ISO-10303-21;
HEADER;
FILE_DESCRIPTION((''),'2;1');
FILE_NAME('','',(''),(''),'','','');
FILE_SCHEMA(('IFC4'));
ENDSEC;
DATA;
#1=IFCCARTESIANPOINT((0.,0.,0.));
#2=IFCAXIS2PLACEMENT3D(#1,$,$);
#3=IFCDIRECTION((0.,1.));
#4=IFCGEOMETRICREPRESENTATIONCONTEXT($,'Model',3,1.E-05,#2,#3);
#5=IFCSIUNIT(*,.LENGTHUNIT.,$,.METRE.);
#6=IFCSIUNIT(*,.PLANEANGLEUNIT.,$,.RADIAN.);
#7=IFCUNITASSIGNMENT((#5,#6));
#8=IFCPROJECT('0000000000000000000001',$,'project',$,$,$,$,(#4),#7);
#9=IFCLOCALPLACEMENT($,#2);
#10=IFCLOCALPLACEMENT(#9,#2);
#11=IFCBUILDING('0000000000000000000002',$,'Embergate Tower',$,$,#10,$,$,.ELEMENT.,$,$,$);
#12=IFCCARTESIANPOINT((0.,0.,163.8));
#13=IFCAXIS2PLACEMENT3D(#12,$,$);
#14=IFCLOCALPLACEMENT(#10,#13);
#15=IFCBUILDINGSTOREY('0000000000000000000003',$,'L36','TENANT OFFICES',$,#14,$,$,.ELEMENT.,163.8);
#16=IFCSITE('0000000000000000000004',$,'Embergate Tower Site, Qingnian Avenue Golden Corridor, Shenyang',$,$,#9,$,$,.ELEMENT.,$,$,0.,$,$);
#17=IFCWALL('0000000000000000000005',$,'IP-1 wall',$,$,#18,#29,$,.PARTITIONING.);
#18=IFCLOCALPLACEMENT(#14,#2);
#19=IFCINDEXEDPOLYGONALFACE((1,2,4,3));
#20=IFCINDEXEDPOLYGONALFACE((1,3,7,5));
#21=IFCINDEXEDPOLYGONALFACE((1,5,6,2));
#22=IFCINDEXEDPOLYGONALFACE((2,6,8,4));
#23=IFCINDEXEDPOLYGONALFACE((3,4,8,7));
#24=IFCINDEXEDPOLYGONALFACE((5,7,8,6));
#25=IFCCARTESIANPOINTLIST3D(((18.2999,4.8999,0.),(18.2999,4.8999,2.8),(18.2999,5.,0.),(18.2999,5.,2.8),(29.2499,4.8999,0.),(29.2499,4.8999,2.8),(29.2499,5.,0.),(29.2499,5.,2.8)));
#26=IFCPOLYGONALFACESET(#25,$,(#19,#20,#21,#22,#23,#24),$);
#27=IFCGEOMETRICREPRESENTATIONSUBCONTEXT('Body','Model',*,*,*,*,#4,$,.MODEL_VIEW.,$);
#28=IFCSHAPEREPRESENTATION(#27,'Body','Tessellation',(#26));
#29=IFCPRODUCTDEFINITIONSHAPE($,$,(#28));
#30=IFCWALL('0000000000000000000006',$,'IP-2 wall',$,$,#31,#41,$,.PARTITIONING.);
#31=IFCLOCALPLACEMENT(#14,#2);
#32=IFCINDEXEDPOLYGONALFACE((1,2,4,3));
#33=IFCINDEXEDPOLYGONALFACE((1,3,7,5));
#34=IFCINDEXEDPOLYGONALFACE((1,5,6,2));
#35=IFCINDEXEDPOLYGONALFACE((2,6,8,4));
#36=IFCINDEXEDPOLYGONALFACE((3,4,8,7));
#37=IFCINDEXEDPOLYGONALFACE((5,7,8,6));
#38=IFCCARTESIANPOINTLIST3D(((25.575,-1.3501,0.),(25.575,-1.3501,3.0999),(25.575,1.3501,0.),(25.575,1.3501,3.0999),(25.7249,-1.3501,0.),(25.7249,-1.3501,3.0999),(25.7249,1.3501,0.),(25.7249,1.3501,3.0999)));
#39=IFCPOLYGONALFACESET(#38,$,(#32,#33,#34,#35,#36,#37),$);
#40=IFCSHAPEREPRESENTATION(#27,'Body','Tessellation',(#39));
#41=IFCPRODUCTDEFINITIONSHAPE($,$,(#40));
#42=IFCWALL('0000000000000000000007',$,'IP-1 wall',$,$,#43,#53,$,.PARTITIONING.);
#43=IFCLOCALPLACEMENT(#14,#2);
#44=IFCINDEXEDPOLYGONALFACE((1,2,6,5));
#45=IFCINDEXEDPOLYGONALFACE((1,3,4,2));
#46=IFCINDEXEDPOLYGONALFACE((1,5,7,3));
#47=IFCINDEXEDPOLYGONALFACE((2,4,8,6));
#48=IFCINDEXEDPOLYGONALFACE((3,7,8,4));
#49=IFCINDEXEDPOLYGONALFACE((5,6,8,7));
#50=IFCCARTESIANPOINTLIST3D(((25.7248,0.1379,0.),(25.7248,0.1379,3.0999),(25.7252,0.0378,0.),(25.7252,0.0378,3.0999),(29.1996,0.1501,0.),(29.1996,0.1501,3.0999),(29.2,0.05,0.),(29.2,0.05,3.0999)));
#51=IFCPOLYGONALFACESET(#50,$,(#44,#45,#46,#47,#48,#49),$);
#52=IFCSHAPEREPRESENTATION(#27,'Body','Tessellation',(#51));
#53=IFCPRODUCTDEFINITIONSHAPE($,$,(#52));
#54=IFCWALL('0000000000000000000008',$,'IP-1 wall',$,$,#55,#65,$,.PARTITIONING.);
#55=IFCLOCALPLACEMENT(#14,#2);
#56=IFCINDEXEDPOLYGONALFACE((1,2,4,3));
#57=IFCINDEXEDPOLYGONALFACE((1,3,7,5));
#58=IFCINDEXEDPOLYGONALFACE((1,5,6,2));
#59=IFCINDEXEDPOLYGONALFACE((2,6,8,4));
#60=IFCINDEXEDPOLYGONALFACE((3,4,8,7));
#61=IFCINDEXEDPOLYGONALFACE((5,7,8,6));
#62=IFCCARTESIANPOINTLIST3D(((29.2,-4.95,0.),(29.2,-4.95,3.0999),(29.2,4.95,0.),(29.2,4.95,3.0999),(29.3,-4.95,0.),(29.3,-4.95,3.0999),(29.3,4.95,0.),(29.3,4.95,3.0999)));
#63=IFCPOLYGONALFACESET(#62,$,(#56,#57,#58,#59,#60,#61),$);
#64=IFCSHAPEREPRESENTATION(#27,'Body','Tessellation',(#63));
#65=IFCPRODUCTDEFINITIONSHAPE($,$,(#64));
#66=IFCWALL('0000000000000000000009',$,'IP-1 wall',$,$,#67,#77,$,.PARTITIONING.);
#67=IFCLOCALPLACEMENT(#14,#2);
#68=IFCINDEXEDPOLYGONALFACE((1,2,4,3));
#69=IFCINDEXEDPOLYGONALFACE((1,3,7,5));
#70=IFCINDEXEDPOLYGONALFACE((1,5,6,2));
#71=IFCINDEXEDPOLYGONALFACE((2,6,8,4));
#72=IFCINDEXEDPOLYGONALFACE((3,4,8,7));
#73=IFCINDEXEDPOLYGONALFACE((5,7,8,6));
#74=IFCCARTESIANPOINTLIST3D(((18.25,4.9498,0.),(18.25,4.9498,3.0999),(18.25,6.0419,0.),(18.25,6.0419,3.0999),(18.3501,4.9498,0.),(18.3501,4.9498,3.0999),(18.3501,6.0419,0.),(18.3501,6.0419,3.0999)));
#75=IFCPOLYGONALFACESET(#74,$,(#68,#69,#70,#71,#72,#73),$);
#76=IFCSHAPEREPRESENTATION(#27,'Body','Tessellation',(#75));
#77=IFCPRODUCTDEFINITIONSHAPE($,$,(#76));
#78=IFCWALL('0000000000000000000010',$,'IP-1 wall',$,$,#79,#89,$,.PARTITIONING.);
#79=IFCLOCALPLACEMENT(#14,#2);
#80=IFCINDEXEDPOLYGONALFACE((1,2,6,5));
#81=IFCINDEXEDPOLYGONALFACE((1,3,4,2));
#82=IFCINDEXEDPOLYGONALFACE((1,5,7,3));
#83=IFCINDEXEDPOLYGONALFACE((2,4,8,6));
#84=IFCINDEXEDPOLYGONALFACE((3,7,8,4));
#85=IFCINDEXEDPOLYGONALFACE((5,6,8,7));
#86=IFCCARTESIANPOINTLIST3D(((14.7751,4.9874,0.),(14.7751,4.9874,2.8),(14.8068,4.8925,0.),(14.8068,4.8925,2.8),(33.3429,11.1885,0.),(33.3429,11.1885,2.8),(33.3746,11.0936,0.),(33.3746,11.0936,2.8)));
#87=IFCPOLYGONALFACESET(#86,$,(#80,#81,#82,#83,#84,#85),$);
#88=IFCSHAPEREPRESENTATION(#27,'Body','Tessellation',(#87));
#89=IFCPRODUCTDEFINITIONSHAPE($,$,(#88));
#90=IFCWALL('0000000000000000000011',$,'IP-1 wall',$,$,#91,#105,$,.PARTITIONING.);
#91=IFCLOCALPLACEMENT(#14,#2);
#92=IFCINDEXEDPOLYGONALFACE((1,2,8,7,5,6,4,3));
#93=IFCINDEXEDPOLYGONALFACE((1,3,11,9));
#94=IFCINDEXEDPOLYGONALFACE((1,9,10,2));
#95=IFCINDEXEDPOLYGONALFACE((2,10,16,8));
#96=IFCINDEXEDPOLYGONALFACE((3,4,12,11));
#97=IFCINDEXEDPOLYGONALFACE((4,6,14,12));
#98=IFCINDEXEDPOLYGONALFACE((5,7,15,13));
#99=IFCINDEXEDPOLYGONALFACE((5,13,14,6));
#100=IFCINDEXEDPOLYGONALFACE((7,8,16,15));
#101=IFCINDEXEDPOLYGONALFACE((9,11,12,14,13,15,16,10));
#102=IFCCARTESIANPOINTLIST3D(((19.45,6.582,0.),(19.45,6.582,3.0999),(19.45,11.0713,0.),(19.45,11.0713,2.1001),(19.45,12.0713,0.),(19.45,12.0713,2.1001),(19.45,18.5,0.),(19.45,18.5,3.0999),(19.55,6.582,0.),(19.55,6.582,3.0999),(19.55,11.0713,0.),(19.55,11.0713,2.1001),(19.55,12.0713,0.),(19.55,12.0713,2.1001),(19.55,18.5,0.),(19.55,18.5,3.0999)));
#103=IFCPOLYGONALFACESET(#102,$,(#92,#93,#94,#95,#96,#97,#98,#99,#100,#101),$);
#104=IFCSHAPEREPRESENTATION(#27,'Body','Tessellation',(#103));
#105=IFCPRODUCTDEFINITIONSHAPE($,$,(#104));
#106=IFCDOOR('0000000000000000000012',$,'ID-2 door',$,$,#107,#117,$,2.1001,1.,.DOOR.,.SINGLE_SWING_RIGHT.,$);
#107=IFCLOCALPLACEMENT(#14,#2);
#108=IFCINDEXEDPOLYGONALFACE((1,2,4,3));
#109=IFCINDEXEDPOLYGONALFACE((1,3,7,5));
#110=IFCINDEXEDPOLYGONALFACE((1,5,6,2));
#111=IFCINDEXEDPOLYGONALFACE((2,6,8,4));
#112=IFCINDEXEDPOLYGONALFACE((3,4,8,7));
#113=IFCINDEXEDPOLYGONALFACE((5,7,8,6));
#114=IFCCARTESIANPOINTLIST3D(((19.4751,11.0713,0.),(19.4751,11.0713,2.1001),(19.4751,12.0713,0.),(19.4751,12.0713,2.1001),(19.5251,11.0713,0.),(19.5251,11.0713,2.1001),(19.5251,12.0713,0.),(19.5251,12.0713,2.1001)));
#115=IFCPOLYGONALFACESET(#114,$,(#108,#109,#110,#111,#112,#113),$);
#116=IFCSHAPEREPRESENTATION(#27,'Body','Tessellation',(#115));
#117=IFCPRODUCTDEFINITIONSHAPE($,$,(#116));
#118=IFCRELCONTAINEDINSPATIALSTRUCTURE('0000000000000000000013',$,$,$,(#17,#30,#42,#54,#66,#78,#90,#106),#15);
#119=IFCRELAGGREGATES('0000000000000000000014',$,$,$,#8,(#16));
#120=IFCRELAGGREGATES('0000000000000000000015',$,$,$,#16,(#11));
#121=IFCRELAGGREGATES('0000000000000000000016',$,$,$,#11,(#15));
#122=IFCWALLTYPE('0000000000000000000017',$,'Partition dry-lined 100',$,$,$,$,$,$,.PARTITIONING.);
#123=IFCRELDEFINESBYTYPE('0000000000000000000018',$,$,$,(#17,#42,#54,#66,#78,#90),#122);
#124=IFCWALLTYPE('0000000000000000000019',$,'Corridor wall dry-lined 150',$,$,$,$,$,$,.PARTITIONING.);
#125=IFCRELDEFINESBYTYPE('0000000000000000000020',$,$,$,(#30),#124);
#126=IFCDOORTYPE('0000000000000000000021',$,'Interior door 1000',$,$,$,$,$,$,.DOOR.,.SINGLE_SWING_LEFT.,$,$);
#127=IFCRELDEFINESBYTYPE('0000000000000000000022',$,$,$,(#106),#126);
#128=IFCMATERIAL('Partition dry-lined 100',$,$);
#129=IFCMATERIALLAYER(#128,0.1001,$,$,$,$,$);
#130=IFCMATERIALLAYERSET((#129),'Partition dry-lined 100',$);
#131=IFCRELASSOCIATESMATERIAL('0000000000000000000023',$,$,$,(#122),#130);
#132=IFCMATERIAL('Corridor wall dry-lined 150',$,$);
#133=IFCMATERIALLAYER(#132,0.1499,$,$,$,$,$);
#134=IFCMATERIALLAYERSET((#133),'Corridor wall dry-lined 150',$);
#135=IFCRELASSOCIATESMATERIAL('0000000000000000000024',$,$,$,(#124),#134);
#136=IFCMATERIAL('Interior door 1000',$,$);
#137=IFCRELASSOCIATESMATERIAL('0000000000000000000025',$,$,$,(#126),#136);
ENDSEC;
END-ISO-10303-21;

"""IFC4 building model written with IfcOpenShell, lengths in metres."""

from ifc_helpers import new_model, si_unit, direction, frame, frame_2d, origin, place, context, subcontext, project, spatial, rectangle, extrude, source, transform, mapped, material, layer, layer_set, type_object, element, fill, save


model = new_model("IFC4")

# Units and contexts
model_context = context("Model", 3, precision=1e-05, world=origin(), true_north=direction((0.0, 1.0)))
body_context = subcontext(model_context, "Body", "Model", "MODEL_VIEW")
ifc_project = project(units=[si_unit("LENGTHUNIT", "METRE"), si_unit("PLANEANGLEUNIT", "RADIAN")], contexts=[model_context])

# Site, building, storey
site_placement = place(None, origin())
site = spatial("IfcSite", under=ifc_project, at=site_placement, Name="Embergate Tower Site, Qingnian Avenue Golden Corridor, Shenyang", CompositionType="ELEMENT", RefElevation=0.0)
building_placement = place(site_placement, origin())
building = spatial("IfcBuilding", under=site, at=building_placement, Name="Embergate Tower", CompositionType="ELEMENT")
storey_placement = place(building_placement, frame((0.0, 0.0, 163.8)))
storey = spatial("IfcBuildingStorey", under=building, at=storey_placement, Name="L36", Description="TENANT OFFICES", CompositionType="ELEMENT", Elevation=163.8)

# Walls
ifc_material_1 = material(Name="Partition dry-lined 100")
ifc_layer_1 = layer(ifc_material_1, 0.1001)
ifc_layer_set_1 = layer_set([ifc_layer_1], Name="Partition dry-lined 100")
wall_type_1 = type_object("IfcWallType", Name="Partition dry-lined 100", PredefinedType="PARTITIONING", material=ifc_layer_set_1)
shared_shape_1 = source(origin(), body_context, "Body", "SweptSolid", [
    extrude(rectangle(XDim=10.95, YDim=0.1001, at=frame_2d((5.4751, 0.0))), origin(), (0.0, 0.0, 1.0), 2.8),
])
wall_1_placement = place(storey_placement, frame((29.25, 4.95, 0.0), z_axis=(0.0, 0.0, 1.0), x_axis=(-1.0, 0.0, 0.0)))
element("IfcWall", 1, at=wall_1_placement, inside=storey, type_object=wall_type_1, Name="IP-1 wall", PredefinedType="PARTITIONING", context=body_context, shape_type="MappedRepresentation", body=[
    mapped(shared_shape_1, transform((0.0, 0.0, 0.0))),
])
ifc_material_2 = material(Name="Corridor wall dry-lined 150")
ifc_layer_2 = layer(ifc_material_2, 0.1499)
ifc_layer_set_2 = layer_set([ifc_layer_2], Name="Corridor wall dry-lined 150")
wall_type_2 = type_object("IfcWallType", Name="Corridor wall dry-lined 150", PredefinedType="PARTITIONING", material=ifc_layer_set_2)
shared_shape_2 = source(origin(), body_context, "Body", "SweptSolid", [
    extrude(rectangle(XDim=2.7002, YDim=0.1499, at=frame_2d((1.3501, 0.0))), origin(), (0.0, 0.0, 1.0), 3.0999),
])
wall_2_placement = place(storey_placement, frame((25.6499, 1.3501, 0.0), z_axis=(0.0, 0.0, 1.0), x_axis=(0.0, -1.0, 0.0)))
element("IfcWall", 2, at=wall_2_placement, inside=storey, type_object=wall_type_2, Name="IP-2 wall", PredefinedType="PARTITIONING", context=body_context, shape_type="MappedRepresentation", body=[
    mapped(shared_shape_2, transform((0.0, 0.0, 0.0))),
])
shared_shape_3 = source(origin(), body_context, "Body", "SweptSolid", [
    extrude(rectangle(XDim=3.4749, YDim=0.1001, at=frame_2d((1.7373, 0.0))), origin(), (0.0, 0.0, 1.0), 3.0999),
])
wall_3_placement = place(storey_placement, frame((25.7251, 0.0879, 0.0), z_axis=(0.0, 0.0, 1.0), x_axis=(0.999994, 0.003513, 0.0)))
element("IfcWall", 3, at=wall_3_placement, inside=storey, type_object=wall_type_1, Name="IP-1 wall", PredefinedType="PARTITIONING", context=body_context, shape_type="MappedRepresentation", body=[
    mapped(shared_shape_3, transform((0.0, 0.0, 0.0))),
])
shared_shape_4 = source(origin(), body_context, "Body", "SweptSolid", [
    extrude(rectangle(XDim=9.8999, YDim=0.1001, at=frame_2d((4.95, 0.0))), origin(), (0.0, 0.0, 1.0), 3.0999),
])
wall_4_placement = place(storey_placement, frame((29.25, 4.95, 0.0), z_axis=(0.0, 0.0, 1.0), x_axis=(0.0, -1.0, 0.0)))
element("IfcWall", 4, at=wall_4_placement, inside=storey, type_object=wall_type_1, Name="IP-1 wall", PredefinedType="PARTITIONING", context=body_context, shape_type="MappedRepresentation", body=[
    mapped(shared_shape_4, transform((0.0, 0.0, 0.0))),
])
shared_shape_5 = source(origin(), body_context, "Body", "SweptSolid", [
    extrude(rectangle(XDim=1.092, YDim=0.1001, at=frame_2d((0.5459, 0.0))), origin(), (0.0, 0.0, 1.0), 3.0999),
])
wall_5_placement = place(storey_placement, frame((18.3, 4.95, 0.0), z_axis=(0.0, 0.0, 1.0), x_axis=(0.0, 1.0, 0.0)))
element("IfcWall", 5, at=wall_5_placement, inside=storey, type_object=wall_type_1, Name="IP-1 wall", PredefinedType="PARTITIONING", context=body_context, shape_type="MappedRepresentation", body=[
    mapped(shared_shape_5, transform((0.0, 0.0, 0.0))),
])
shared_shape_6 = source(origin(), body_context, "Body", "SweptSolid", [
    extrude(rectangle(XDim=19.5759, YDim=0.1001, at=frame_2d((9.7881, 0.0))), origin(), (0.0, 0.0, 1.0), 2.8),
])
wall_6_placement = place(storey_placement, frame((33.3589, 11.1411, 0.0), z_axis=(0.0, 0.0, 1.0), x_axis=(-0.948501, -0.316774, 0.0)))
element("IfcWall", 6, at=wall_6_placement, inside=storey, type_object=wall_type_1, Name="IP-1 wall", PredefinedType="PARTITIONING", context=body_context, shape_type="MappedRepresentation", body=[
    mapped(shared_shape_6, transform((0.0, 0.0, 0.0))),
])

# Wall, opening, door
shared_shape_7 = source(origin(), body_context, "Body", "SweptSolid", [
    extrude(rectangle(XDim=11.918, YDim=0.1001, at=frame_2d((5.959, 0.0))), origin(), (0.0, 0.0, 1.0), 3.0999),
])
wall_7_placement = place(storey_placement, frame((19.5, 6.582, 0.0), z_axis=(0.0, 0.0, 1.0), x_axis=(0.0, 1.0, 0.0)))
wall_7 = element("IfcWall", 7, at=wall_7_placement, inside=storey, type_object=wall_type_1, Name="IP-1 wall", PredefinedType="PARTITIONING", context=body_context, shape_type="MappedRepresentation", body=[
    mapped(shared_shape_7, transform((0.0, 0.0, 0.0))),
])
shared_shape_8 = source(origin(), body_context, "Body", "SweptSolid", [
    extrude(rectangle(XDim=1.0, YDim=2.1001, at=frame_2d((0.5, 1.05))), frame((0.0, 0.0601, 0.0), z_axis=(0.0, -1.0, 0.0), x_axis=(1.0, 0.0, 0.0)), (0.0, 0.0, 1.0), 0.1201),
])
opening_placement = place(wall_7_placement, frame((4.4893, 0.0, 0.0)))
opening = element("IfcOpeningElement", 8, at=opening_placement, cuts=wall_7, PredefinedType="OPENING", context=body_context, shape_type="MappedRepresentation", body=[
    mapped(shared_shape_8, transform((0.0, 0.0, 0.0))),
])
ifc_material_3 = material(Name="Interior door 1000")
door_type = type_object("IfcDoorType", Name="Interior door 1000", OperationType="SINGLE_SWING_LEFT", PredefinedType="DOOR", material=ifc_material_3)
shared_shape_9 = source(origin(), body_context, "Body", "SweptSolid", [
    extrude(rectangle(XDim=1.0, YDim=2.1001, at=frame_2d((0.5, 1.05))), frame((0.0, 0.0249, 0.0), z_axis=(0.0, -1.0, 0.0), x_axis=(1.0, 0.0, 0.0)), (0.0, 0.0, 1.0), 0.05),
])
door_placement = place(opening_placement, origin())
door = element("IfcDoor", 9, at=door_placement, inside=storey, type_object=door_type, Name="ID-2 door", OperationType="SINGLE_SWING_RIGHT", OverallHeight=2.1001, OverallWidth=1.0, PredefinedType="DOOR", context=body_context, shape_type="MappedRepresentation", body=[
    mapped(shared_shape_9, transform((0.0, 0.0, 0.0))),
])
fill(opening, door)

save(model, "model.ifc")
